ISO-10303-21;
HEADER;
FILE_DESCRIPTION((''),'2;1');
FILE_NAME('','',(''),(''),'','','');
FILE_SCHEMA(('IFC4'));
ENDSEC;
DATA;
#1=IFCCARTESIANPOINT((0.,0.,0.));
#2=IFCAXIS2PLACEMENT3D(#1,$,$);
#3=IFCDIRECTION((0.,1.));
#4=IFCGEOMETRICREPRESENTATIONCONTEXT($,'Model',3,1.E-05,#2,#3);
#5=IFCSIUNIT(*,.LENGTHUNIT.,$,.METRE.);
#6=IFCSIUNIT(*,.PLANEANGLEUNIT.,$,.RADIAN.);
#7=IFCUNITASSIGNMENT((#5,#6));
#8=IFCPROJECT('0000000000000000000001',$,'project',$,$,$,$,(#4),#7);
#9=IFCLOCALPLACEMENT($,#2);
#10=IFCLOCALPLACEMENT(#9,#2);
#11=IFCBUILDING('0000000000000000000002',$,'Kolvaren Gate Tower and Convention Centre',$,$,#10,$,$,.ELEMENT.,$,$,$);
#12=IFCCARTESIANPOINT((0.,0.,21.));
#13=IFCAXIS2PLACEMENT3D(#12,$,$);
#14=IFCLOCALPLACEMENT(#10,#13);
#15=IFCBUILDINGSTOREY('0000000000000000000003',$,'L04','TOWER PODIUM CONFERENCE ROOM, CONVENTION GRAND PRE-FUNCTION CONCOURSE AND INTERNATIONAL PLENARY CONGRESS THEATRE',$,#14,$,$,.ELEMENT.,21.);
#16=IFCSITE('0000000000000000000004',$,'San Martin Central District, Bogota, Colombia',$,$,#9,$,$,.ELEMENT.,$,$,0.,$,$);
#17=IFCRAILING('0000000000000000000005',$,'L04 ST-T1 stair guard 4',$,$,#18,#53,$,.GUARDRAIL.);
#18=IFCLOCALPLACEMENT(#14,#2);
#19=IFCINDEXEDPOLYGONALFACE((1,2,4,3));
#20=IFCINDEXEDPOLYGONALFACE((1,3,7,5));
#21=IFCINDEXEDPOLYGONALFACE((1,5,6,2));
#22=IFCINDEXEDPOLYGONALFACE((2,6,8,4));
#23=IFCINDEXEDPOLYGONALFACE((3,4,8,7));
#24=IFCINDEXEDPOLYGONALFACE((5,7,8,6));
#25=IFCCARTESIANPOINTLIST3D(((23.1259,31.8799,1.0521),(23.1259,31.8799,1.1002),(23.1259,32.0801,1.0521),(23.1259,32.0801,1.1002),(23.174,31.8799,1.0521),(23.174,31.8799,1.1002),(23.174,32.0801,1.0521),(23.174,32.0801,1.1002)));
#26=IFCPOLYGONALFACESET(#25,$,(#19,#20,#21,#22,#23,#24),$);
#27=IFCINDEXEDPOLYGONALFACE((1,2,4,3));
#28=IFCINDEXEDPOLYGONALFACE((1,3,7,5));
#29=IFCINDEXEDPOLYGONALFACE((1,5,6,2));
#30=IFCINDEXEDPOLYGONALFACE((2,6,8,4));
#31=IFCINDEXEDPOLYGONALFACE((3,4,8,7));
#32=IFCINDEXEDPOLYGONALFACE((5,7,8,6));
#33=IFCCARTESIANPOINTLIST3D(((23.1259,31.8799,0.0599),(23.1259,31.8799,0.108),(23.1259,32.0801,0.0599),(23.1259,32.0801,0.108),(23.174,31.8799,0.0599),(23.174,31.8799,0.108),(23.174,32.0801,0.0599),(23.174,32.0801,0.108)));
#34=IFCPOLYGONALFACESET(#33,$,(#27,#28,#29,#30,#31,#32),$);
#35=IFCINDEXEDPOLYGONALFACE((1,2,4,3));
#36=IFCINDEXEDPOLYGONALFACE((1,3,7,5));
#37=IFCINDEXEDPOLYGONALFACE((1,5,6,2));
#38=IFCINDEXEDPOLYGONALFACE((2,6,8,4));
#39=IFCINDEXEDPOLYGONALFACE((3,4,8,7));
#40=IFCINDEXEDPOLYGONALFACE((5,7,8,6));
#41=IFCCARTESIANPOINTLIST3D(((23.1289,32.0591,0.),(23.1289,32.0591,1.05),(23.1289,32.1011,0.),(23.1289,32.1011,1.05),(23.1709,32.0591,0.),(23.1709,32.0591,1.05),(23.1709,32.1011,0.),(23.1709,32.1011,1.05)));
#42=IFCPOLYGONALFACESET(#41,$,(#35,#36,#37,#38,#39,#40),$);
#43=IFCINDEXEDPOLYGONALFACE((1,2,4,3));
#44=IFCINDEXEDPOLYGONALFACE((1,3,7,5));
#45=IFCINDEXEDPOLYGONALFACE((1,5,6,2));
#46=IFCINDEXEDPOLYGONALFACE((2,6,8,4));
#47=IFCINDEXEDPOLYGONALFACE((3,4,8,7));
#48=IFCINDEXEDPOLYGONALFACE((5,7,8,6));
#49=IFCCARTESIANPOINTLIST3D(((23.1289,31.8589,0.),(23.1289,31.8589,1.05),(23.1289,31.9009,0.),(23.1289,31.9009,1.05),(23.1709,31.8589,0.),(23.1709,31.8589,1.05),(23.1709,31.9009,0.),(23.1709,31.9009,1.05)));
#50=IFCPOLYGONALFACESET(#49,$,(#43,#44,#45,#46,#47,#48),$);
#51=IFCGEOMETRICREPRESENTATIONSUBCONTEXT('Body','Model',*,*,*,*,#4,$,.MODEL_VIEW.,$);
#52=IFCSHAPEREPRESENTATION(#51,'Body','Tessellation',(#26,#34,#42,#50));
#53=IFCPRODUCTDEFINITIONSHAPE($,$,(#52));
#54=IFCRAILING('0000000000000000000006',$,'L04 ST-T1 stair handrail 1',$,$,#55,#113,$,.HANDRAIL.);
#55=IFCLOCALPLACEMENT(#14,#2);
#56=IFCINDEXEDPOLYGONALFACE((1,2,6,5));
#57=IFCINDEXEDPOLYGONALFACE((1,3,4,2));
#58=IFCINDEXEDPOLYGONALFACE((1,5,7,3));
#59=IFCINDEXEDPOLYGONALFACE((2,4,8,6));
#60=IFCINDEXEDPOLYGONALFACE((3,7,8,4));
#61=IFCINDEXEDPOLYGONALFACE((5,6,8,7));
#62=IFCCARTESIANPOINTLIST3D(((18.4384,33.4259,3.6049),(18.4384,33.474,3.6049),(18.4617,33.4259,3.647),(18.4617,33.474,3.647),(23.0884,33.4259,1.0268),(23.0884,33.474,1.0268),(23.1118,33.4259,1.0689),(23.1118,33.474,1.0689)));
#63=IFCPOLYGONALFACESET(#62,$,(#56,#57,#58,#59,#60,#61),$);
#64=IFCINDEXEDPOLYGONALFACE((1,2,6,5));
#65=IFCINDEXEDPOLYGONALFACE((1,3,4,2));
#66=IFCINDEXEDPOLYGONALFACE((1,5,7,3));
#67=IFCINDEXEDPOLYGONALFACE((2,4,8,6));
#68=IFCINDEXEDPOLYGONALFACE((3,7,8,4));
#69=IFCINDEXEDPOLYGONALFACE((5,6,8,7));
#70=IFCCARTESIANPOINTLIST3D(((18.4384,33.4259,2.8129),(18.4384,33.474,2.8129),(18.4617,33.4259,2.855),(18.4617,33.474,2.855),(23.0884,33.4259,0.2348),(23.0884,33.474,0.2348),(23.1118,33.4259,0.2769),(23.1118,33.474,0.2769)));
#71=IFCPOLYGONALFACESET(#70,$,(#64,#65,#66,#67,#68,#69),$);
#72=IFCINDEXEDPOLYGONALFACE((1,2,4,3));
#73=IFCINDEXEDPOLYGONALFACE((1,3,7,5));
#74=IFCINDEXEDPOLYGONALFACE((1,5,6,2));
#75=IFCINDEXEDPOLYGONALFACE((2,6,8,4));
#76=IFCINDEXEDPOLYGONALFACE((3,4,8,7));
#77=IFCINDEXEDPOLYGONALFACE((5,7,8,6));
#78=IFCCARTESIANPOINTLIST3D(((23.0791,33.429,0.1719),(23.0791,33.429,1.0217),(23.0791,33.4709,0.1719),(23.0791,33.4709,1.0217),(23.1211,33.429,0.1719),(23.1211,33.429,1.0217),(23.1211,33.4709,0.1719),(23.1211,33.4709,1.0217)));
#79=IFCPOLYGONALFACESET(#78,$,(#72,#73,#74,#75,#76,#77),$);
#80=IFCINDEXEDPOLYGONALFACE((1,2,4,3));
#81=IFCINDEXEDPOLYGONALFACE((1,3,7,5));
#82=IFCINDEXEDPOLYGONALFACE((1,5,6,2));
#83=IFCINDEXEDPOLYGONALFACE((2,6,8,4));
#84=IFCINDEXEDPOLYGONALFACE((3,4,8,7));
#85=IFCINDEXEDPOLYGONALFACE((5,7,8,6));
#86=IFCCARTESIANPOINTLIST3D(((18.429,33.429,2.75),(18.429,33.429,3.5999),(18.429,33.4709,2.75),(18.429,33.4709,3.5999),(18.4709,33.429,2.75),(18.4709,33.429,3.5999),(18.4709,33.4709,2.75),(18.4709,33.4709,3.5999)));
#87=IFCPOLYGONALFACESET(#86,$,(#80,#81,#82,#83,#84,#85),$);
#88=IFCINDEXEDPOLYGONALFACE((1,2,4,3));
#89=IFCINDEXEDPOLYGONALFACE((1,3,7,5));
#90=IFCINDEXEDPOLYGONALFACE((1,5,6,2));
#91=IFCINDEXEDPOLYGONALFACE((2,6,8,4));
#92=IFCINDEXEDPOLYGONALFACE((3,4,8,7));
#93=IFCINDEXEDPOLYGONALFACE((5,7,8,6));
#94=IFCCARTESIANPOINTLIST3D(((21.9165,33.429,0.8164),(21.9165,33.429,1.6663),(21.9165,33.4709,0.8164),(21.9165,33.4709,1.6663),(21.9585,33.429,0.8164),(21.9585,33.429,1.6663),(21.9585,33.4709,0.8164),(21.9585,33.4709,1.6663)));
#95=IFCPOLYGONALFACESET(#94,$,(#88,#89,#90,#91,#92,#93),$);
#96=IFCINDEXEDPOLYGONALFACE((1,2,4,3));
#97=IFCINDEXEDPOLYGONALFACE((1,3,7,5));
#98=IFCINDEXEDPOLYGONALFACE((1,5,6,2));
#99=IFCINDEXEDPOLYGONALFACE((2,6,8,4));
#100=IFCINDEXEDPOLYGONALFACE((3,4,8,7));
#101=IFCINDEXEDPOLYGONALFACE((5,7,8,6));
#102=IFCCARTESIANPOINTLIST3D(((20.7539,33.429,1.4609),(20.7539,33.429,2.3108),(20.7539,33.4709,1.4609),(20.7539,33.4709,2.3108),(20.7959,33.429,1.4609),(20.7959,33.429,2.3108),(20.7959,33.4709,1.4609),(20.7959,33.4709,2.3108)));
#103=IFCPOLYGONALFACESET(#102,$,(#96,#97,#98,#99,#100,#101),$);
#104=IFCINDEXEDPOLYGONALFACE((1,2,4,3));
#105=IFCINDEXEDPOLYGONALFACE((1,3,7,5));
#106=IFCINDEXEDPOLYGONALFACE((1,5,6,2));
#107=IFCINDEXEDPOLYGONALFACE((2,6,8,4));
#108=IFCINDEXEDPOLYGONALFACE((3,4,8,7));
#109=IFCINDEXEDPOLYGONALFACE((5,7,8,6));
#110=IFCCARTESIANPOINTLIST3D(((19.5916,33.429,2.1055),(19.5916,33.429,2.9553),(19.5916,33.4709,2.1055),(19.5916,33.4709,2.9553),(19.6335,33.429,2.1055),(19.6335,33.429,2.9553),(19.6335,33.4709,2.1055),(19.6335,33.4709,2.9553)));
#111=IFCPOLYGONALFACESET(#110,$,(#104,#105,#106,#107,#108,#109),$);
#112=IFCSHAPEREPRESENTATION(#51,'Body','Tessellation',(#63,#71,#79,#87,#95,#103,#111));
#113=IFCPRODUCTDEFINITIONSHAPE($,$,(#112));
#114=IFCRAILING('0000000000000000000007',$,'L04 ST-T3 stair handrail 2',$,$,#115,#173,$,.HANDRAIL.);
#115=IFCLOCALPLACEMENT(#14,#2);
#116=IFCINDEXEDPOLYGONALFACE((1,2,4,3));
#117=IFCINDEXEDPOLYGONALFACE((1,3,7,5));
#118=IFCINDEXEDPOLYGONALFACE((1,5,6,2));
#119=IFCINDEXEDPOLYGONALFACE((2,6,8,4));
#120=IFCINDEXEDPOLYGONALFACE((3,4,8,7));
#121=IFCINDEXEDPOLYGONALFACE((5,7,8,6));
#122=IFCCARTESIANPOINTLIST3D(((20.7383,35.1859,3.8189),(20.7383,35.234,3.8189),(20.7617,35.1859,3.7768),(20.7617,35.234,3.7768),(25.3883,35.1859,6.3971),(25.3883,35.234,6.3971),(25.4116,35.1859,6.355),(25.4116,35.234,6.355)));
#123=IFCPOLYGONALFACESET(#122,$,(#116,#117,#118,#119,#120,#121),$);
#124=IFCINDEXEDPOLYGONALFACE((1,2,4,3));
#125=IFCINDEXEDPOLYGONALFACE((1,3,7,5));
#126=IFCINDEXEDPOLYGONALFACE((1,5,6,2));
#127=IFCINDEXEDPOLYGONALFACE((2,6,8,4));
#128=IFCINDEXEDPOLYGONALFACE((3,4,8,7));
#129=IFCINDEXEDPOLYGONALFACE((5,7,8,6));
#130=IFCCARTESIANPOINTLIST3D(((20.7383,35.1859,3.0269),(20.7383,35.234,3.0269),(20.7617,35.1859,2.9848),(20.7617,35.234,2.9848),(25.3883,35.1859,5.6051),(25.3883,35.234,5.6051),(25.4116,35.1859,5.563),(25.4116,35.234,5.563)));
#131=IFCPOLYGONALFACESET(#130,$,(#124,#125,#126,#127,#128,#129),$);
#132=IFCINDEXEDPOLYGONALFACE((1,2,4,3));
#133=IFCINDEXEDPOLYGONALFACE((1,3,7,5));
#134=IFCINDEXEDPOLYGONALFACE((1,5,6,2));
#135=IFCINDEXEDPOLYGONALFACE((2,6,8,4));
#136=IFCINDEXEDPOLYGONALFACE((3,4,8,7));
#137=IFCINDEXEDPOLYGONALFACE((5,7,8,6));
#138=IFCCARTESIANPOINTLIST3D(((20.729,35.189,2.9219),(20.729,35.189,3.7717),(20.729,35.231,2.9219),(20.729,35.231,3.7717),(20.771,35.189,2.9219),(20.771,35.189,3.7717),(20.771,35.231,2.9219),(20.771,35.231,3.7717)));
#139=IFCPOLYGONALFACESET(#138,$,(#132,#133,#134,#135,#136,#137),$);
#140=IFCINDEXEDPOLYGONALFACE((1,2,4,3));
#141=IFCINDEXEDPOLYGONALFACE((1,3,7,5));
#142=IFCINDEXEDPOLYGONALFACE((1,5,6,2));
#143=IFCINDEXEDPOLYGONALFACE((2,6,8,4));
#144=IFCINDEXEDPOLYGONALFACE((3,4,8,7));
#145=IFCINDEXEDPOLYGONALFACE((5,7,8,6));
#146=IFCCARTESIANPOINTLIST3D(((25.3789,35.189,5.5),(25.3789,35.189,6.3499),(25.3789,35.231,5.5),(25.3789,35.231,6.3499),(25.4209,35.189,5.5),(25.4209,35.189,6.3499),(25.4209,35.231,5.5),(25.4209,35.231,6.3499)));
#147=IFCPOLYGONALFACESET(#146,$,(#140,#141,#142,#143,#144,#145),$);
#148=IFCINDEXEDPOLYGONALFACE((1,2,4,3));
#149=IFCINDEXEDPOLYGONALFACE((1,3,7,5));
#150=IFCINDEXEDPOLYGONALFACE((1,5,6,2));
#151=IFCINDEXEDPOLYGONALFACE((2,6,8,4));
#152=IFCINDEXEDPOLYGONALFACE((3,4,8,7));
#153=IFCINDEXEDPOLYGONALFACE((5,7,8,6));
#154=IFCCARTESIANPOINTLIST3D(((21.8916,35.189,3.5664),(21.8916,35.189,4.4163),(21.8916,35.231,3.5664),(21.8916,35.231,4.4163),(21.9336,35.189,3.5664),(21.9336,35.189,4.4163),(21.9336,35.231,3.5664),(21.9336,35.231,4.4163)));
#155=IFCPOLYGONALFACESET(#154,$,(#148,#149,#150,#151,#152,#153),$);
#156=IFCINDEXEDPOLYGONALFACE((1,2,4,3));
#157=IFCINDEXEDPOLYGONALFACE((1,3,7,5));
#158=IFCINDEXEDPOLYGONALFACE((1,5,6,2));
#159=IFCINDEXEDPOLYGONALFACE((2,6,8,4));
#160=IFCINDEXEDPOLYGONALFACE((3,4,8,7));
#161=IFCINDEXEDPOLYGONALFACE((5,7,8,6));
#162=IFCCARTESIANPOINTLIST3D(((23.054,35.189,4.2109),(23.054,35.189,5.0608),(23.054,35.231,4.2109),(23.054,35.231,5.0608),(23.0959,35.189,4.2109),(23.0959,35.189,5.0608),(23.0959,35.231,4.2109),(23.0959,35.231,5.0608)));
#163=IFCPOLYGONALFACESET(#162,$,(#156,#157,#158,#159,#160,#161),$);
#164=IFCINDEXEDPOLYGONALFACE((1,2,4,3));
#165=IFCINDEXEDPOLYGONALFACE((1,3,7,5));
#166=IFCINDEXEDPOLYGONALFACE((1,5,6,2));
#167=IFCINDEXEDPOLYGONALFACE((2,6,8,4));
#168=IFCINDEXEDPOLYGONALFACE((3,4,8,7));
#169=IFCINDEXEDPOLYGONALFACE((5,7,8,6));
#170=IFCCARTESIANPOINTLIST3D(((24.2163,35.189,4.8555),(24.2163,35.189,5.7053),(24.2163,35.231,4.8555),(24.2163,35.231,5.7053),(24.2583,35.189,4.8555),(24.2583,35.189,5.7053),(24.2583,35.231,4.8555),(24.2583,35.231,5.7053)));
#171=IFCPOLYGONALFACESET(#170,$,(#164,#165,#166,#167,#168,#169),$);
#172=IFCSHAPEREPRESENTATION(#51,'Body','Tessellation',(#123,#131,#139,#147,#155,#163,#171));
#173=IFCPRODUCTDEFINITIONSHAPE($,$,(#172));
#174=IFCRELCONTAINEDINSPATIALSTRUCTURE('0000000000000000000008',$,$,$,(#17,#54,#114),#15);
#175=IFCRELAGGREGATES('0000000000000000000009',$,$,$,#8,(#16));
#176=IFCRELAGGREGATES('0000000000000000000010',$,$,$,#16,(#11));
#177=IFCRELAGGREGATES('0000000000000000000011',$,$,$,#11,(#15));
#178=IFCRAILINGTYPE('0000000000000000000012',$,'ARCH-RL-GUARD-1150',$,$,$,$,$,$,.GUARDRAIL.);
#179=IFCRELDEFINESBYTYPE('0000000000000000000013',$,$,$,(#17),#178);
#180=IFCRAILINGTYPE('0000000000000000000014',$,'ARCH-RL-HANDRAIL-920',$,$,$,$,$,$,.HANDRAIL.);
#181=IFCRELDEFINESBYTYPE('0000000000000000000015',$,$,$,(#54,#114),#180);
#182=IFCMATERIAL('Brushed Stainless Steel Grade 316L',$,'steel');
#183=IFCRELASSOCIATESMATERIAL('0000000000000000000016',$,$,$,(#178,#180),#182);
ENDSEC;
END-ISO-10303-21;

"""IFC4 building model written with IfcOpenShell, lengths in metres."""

from ifc_helpers import new_model, si_unit, direction, frame, origin, origin_2d, place, context, subcontext, project, spatial, rectangle, extrude, material, type_object, element, save


model = new_model("IFC4")

# Units and contexts
model_context = context("Model", 3, precision=1e-05, world=origin(), true_north=direction((0.0, 1.0)))
body_context = subcontext(model_context, "Body", "Model", "MODEL_VIEW")
ifc_project = project(units=[si_unit("LENGTHUNIT", "METRE"), si_unit("PLANEANGLEUNIT", "RADIAN")], contexts=[model_context])

# Site, building, storey
site_placement = place(None, origin())
site = spatial("IfcSite", under=ifc_project, at=site_placement, Name="San Martin Central District, Bogota, Colombia", CompositionType="ELEMENT", RefElevation=0.0)
building_placement = place(site_placement, origin())
building = spatial("IfcBuilding", under=site, at=building_placement, Name="Kolvaren Gate Tower and Convention Centre", CompositionType="ELEMENT")
storey_placement = place(building_placement, frame((0.0, 0.0, 21.0)))
storey = spatial("IfcBuildingStorey", under=building, at=storey_placement, Name="L04", Description="TOWER PODIUM CONFERENCE ROOM, CONVENTION GRAND PRE-FUNCTION CONCOURSE AND INTERNATIONAL PLENARY CONGRESS THEATRE", CompositionType="ELEMENT", Elevation=21.0)

# Shared definitions
ifc_material_1 = material(Name="Brushed Stainless Steel Grade 316L", Category="steel")

# Railings
railing_type_1 = type_object("IfcRailingType", Name="ARCH-RL-GUARD-1150", PredefinedType="GUARDRAIL", material=ifc_material_1)
railing_1_placement = place(storey_placement, frame((23.1499, 32.0801, 0.0)))
element("IfcRailing", 1, at=railing_1_placement, inside=storey, type_object=railing_type_1, Name="L04 ST-T1 stair guard 4", PredefinedType="GUARDRAIL", context=body_context, shape_type="SweptSolid", body=[
    extrude(rectangle(XDim=0.0481, YDim=0.0481, at=origin_2d()), frame((0.0, 0.0, 1.0762), z_axis=(0.0, -1.0, 0.0), x_axis=(1.0, 0.0, 0.0)), (0.0, 0.0, 1.0), 0.2002),
    extrude(rectangle(XDim=0.0481, YDim=0.0481, at=origin_2d()), frame((0.0, 0.0, 0.084), z_axis=(0.0, -1.0, 0.0), x_axis=(1.0, 0.0, 0.0)), (0.0, 0.0, 1.0), 0.2002),
    extrude(rectangle(XDim=0.042, YDim=0.042, at=origin_2d()), origin(), (0.0, 0.0, 1.0), 1.05),
    extrude(rectangle(XDim=0.042, YDim=0.042, at=origin_2d()), frame((0.0, -0.2002, 0.0)), (0.0, 0.0, 1.0), 1.05),
])
railing_type_2 = type_object("IfcRailingType", Name="ARCH-RL-HANDRAIL-920", PredefinedType="HANDRAIL", material=ifc_material_1)
railing_2_placement = place(storey_placement, frame((23.1001, 33.45, 0.1719)))
element("IfcRailing", 2, at=railing_2_placement, inside=storey, type_object=railing_type_2, Name="L04 ST-T1 stair handrail 1", PredefinedType="HANDRAIL", context=body_context, shape_type="SweptSolid", body=[
    extrude(rectangle(XDim=0.0481, YDim=0.0481, at=origin_2d()), frame((0.0, 0.0, 0.876), z_axis=(-0.874579, 0.0, 0.484883), x_axis=(0.0, -1.0, 0.0)), (0.0, 0.0, 1.0), 5.3169),
    extrude(rectangle(XDim=0.0481, YDim=0.0481, at=origin_2d()), frame((0.0, 0.0, 0.084), z_axis=(-0.874579, 0.0, 0.484883), x_axis=(0.0, -1.0, 0.0)), (0.0, 0.0, 1.0), 5.3169),
    extrude(rectangle(XDim=0.042, YDim=0.042, at=origin_2d()), origin(), (0.0, 0.0, 1.0), 0.8499),
    extrude(rectangle(XDim=0.042, YDim=0.042, at=origin_2d()), frame((-4.6501, 0.0, 2.5781)), (0.0, 0.0, 1.0), 0.8499),
    extrude(rectangle(XDim=0.042, YDim=0.042, at=origin_2d()), frame((-1.1626, 0.0, 0.6445)), (0.0, 0.0, 1.0), 0.8499),
    extrude(rectangle(XDim=0.042, YDim=0.042, at=origin_2d()), frame((-2.3252, 0.0, 1.2891)), (0.0, 0.0, 1.0), 0.8499),
    extrude(rectangle(XDim=0.042, YDim=0.042, at=origin_2d()), frame((-3.4875, 0.0, 1.9336)), (0.0, 0.0, 1.0), 0.8499),
])
railing_3_placement = place(storey_placement, frame((20.75, 35.21, 2.9219)))
element("IfcRailing", 3, at=railing_3_placement, inside=storey, type_object=railing_type_2, Name="L04 ST-T3 stair handrail 2", PredefinedType="HANDRAIL", context=body_context, shape_type="SweptSolid", body=[
    extrude(rectangle(XDim=0.0481, YDim=0.0481, at=origin_2d()), frame((0.0, 0.0, 0.876), z_axis=(0.874568, 0.0, 0.484902), x_axis=(0.0, 1.0, 0.0)), (0.0, 0.0, 1.0), 5.3169),
    extrude(rectangle(XDim=0.0481, YDim=0.0481, at=origin_2d()), frame((0.0, 0.0, 0.084), z_axis=(0.874568, 0.0, 0.484902), x_axis=(0.0, 1.0, 0.0)), (0.0, 0.0, 1.0), 5.3169),
    extrude(rectangle(XDim=0.042, YDim=0.042, at=origin_2d()), origin(), (0.0, 0.0, 1.0), 0.8499),
    extrude(rectangle(XDim=0.042, YDim=0.042, at=origin_2d()), frame((4.6499, 0.0, 2.5781)), (0.0, 0.0, 1.0), 0.8499),
    extrude(rectangle(XDim=0.042, YDim=0.042, at=origin_2d()), frame((1.1626, 0.0, 0.6445)), (0.0, 0.0, 1.0), 0.8499),
    extrude(rectangle(XDim=0.042, YDim=0.042, at=origin_2d()), frame((2.325, 0.0, 1.2891)), (0.0, 0.0, 1.0), 0.8499),
    extrude(rectangle(XDim=0.042, YDim=0.042, at=origin_2d()), frame((3.4873, 0.0, 1.9336)), (0.0, 0.0, 1.0), 0.8499),
])

save(model, "model.ifc")
